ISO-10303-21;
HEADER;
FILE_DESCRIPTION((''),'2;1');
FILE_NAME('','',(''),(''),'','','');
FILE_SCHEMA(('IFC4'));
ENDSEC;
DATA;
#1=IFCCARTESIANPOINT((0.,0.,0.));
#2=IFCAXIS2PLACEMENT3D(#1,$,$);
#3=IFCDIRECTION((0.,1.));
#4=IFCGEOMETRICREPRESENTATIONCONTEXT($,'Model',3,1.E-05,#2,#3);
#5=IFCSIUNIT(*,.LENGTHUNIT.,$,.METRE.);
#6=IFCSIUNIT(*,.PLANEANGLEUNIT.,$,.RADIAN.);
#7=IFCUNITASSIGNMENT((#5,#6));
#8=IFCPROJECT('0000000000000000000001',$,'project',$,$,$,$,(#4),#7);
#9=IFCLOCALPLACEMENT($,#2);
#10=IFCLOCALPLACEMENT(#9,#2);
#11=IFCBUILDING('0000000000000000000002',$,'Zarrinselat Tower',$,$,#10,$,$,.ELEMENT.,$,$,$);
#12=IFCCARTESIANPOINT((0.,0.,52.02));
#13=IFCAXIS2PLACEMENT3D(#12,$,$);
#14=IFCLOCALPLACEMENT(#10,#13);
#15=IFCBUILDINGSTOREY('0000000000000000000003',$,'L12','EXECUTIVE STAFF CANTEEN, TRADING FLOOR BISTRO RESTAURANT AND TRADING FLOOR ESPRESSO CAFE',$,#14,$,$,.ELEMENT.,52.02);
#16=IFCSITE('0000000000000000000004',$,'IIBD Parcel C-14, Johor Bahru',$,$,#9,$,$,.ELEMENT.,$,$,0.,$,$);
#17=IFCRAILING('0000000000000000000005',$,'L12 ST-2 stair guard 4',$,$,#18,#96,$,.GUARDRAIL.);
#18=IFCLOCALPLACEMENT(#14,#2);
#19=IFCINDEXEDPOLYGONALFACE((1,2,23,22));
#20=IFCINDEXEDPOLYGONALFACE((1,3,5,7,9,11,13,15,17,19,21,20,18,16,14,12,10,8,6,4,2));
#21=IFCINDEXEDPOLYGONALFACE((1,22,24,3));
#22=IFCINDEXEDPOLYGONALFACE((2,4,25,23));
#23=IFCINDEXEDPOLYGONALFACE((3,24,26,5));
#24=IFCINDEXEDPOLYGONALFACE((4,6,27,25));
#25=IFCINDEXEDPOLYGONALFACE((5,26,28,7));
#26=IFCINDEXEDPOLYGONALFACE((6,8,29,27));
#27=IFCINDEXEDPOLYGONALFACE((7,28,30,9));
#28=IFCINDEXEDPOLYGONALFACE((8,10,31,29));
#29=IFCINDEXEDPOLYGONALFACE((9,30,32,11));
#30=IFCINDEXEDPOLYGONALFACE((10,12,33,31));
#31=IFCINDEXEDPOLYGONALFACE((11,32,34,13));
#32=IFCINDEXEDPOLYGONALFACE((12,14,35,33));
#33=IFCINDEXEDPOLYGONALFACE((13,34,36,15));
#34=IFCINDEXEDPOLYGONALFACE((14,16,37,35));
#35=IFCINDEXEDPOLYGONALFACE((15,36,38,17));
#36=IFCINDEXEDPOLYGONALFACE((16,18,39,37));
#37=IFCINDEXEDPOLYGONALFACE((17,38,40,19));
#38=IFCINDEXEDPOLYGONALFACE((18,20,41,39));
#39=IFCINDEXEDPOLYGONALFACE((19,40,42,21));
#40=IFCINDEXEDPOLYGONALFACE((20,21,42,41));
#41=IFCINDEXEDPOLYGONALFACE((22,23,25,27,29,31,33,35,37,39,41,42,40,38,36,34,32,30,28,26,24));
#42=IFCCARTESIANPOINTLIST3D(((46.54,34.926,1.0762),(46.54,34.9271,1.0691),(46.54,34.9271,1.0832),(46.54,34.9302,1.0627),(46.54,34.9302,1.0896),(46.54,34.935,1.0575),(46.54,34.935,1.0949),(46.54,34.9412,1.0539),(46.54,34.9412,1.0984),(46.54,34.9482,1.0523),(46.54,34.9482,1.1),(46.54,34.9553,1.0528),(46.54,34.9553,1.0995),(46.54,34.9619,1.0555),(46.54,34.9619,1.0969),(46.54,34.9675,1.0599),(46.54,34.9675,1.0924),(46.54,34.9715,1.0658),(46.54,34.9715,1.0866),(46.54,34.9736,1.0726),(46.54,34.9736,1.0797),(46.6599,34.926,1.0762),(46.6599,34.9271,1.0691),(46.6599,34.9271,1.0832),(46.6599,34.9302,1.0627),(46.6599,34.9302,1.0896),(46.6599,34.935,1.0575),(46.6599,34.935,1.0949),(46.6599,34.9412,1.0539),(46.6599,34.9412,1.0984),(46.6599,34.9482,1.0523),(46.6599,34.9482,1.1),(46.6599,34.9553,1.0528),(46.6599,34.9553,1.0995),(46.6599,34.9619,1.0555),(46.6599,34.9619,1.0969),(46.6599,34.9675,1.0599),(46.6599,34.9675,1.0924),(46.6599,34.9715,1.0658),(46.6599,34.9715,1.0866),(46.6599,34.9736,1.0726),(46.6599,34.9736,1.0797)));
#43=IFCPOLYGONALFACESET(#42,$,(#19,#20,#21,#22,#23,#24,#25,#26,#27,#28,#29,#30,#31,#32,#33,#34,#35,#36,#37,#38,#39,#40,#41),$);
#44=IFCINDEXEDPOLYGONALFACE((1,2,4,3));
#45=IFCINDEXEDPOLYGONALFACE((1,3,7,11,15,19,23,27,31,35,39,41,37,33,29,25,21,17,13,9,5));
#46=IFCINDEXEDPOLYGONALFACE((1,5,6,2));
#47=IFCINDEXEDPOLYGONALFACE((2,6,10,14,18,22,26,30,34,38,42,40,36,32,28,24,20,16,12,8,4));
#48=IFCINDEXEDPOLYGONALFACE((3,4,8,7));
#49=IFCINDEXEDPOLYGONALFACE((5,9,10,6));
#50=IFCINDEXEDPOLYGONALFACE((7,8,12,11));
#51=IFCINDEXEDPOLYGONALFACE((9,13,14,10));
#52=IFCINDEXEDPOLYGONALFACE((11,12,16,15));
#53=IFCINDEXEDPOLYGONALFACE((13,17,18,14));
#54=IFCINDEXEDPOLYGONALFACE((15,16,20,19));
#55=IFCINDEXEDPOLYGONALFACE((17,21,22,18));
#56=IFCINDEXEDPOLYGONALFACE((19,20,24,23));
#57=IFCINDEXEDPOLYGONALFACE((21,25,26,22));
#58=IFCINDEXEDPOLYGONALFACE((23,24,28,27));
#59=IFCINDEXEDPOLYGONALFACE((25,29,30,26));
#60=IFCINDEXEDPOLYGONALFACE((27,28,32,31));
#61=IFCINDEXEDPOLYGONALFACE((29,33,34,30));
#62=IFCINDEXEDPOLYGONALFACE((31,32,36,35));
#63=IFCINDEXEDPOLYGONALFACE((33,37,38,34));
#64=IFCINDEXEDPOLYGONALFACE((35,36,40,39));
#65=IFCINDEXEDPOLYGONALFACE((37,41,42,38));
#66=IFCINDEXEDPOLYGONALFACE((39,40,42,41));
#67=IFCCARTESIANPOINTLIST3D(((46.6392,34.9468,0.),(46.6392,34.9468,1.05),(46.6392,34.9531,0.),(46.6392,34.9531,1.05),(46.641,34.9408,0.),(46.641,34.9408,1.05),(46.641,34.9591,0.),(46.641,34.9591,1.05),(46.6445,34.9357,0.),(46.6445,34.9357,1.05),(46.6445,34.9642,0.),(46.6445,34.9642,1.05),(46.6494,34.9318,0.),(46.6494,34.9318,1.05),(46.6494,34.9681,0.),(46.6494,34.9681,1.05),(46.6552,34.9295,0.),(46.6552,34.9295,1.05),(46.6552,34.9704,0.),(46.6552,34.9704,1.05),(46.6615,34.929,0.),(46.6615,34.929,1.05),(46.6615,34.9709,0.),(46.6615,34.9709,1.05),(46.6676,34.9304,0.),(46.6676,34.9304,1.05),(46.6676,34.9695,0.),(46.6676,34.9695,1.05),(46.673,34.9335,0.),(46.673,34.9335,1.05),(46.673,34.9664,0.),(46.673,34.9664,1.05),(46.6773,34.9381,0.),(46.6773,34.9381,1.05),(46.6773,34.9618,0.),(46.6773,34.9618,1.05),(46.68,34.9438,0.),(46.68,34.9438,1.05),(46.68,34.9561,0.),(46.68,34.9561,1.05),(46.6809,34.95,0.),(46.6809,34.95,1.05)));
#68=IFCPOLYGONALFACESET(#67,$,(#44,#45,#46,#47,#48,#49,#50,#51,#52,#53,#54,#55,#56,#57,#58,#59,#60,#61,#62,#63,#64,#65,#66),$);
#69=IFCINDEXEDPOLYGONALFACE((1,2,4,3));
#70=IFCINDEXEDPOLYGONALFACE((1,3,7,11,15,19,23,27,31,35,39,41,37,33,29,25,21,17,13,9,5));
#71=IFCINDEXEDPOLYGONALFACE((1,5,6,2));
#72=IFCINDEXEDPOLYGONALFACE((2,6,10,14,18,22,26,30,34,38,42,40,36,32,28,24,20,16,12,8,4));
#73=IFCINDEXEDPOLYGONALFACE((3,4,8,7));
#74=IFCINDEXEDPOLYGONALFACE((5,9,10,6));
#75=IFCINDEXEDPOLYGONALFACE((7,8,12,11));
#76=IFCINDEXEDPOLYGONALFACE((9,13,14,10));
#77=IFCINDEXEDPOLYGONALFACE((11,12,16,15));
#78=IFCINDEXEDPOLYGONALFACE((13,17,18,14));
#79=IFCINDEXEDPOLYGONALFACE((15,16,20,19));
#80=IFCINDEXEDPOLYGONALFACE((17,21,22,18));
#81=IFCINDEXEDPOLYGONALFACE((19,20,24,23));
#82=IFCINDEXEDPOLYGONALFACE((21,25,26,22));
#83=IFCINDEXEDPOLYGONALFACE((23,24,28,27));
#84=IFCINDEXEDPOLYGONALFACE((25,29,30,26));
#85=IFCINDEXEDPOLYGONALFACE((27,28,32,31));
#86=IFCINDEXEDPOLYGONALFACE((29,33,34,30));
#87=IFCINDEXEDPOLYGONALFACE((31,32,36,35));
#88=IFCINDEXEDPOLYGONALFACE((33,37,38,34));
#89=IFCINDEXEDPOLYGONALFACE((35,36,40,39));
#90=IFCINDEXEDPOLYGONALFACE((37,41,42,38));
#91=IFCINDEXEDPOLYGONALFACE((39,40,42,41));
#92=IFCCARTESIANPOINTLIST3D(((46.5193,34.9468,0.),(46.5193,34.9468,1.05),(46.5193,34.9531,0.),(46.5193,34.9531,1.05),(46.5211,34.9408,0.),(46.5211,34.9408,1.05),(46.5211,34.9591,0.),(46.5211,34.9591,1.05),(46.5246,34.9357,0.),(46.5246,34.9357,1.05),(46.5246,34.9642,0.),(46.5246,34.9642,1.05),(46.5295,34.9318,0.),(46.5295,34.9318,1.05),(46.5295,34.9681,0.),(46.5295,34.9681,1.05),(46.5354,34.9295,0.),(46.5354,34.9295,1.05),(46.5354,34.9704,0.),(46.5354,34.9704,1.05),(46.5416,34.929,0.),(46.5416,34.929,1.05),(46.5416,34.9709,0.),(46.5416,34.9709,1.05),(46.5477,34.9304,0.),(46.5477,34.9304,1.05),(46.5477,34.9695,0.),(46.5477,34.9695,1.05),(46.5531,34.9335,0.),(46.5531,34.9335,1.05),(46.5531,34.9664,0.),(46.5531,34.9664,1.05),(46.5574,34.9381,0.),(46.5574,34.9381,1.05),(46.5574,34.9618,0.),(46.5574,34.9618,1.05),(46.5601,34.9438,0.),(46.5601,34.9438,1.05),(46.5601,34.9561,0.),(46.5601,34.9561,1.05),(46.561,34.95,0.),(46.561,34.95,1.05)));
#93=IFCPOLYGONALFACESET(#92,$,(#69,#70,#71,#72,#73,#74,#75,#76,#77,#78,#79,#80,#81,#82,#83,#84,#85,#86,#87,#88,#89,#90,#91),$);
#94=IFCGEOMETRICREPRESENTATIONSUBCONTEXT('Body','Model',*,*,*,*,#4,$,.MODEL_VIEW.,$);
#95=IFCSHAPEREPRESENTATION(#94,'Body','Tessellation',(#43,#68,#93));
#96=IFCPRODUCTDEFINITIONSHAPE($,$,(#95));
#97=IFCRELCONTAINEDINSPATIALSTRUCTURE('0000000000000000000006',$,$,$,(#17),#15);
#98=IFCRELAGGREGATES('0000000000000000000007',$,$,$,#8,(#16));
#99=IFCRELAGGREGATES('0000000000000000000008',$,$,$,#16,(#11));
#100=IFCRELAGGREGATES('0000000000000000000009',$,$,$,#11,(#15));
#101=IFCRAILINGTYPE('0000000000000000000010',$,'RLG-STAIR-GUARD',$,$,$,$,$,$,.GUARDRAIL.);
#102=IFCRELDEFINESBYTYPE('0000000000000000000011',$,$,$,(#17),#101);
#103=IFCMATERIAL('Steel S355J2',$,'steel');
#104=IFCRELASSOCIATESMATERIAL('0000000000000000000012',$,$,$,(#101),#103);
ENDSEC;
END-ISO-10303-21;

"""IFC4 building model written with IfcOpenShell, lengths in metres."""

from ifc_helpers import new_model, si_unit, direction, frame, origin, origin_2d, place, context, subcontext, project, spatial, circle, extrude, material, type_object, element, save


model = new_model("IFC4")

# Units and contexts
model_context = context("Model", 3, precision=1e-05, world=origin(), true_north=direction((0.0, 1.0)))
body_context = subcontext(model_context, "Body", "Model", "MODEL_VIEW")
ifc_project = project(units=[si_unit("LENGTHUNIT", "METRE"), si_unit("PLANEANGLEUNIT", "RADIAN")], contexts=[model_context])

# Site, building, storey
site_placement = place(None, origin())
site = spatial("IfcSite", under=ifc_project, at=site_placement, Name="IIBD Parcel C-14, Johor Bahru", CompositionType="ELEMENT", RefElevation=0.0)
building_placement = place(site_placement, origin())
building = spatial("IfcBuilding", under=site, at=building_placement, Name="Zarrinselat Tower", CompositionType="ELEMENT")
storey_placement = place(building_placement, frame((0.0, 0.0, 52.02)))
storey = spatial("IfcBuildingStorey", under=building, at=storey_placement, Name="L12", Description="EXECUTIVE STAFF CANTEEN, TRADING FLOOR BISTRO RESTAURANT AND TRADING FLOOR ESPRESSO CAFE", CompositionType="ELEMENT", Elevation=52.02)

# Railing
ifc_material_1 = material(Name="Steel S355J2", Category="steel")
railing_type_1 = type_object("IfcRailingType", Name="RLG-STAIR-GUARD", PredefinedType="GUARDRAIL", material=ifc_material_1)
railing_1_placement = place(storey_placement, frame((46.6599, 34.95, 0.0)))
element("IfcRailing", 1, at=railing_1_placement, inside=storey, type_object=railing_type_1, Name="L12 ST-2 stair guard 4", PredefinedType="GUARDRAIL", context=body_context, shape_type="SweptSolid", body=[
    extrude(circle(Radius=0.0239, at=origin_2d()), frame((0.0, 0.0, 1.0762), z_axis=(-1.0, 0.0, 0.0), x_axis=(0.0, -1.0, 0.0)), (0.0, 0.0, 1.0), 0.1199),
    extrude(circle(Radius=0.021, at=origin_2d()), origin(), (0.0, 0.0, 1.0), 1.05),
    extrude(circle(Radius=0.021, at=origin_2d()), frame((-0.1199, 0.0, 0.0)), (0.0, 0.0, 1.0), 1.05),
])

save(model, "model.ifc")
